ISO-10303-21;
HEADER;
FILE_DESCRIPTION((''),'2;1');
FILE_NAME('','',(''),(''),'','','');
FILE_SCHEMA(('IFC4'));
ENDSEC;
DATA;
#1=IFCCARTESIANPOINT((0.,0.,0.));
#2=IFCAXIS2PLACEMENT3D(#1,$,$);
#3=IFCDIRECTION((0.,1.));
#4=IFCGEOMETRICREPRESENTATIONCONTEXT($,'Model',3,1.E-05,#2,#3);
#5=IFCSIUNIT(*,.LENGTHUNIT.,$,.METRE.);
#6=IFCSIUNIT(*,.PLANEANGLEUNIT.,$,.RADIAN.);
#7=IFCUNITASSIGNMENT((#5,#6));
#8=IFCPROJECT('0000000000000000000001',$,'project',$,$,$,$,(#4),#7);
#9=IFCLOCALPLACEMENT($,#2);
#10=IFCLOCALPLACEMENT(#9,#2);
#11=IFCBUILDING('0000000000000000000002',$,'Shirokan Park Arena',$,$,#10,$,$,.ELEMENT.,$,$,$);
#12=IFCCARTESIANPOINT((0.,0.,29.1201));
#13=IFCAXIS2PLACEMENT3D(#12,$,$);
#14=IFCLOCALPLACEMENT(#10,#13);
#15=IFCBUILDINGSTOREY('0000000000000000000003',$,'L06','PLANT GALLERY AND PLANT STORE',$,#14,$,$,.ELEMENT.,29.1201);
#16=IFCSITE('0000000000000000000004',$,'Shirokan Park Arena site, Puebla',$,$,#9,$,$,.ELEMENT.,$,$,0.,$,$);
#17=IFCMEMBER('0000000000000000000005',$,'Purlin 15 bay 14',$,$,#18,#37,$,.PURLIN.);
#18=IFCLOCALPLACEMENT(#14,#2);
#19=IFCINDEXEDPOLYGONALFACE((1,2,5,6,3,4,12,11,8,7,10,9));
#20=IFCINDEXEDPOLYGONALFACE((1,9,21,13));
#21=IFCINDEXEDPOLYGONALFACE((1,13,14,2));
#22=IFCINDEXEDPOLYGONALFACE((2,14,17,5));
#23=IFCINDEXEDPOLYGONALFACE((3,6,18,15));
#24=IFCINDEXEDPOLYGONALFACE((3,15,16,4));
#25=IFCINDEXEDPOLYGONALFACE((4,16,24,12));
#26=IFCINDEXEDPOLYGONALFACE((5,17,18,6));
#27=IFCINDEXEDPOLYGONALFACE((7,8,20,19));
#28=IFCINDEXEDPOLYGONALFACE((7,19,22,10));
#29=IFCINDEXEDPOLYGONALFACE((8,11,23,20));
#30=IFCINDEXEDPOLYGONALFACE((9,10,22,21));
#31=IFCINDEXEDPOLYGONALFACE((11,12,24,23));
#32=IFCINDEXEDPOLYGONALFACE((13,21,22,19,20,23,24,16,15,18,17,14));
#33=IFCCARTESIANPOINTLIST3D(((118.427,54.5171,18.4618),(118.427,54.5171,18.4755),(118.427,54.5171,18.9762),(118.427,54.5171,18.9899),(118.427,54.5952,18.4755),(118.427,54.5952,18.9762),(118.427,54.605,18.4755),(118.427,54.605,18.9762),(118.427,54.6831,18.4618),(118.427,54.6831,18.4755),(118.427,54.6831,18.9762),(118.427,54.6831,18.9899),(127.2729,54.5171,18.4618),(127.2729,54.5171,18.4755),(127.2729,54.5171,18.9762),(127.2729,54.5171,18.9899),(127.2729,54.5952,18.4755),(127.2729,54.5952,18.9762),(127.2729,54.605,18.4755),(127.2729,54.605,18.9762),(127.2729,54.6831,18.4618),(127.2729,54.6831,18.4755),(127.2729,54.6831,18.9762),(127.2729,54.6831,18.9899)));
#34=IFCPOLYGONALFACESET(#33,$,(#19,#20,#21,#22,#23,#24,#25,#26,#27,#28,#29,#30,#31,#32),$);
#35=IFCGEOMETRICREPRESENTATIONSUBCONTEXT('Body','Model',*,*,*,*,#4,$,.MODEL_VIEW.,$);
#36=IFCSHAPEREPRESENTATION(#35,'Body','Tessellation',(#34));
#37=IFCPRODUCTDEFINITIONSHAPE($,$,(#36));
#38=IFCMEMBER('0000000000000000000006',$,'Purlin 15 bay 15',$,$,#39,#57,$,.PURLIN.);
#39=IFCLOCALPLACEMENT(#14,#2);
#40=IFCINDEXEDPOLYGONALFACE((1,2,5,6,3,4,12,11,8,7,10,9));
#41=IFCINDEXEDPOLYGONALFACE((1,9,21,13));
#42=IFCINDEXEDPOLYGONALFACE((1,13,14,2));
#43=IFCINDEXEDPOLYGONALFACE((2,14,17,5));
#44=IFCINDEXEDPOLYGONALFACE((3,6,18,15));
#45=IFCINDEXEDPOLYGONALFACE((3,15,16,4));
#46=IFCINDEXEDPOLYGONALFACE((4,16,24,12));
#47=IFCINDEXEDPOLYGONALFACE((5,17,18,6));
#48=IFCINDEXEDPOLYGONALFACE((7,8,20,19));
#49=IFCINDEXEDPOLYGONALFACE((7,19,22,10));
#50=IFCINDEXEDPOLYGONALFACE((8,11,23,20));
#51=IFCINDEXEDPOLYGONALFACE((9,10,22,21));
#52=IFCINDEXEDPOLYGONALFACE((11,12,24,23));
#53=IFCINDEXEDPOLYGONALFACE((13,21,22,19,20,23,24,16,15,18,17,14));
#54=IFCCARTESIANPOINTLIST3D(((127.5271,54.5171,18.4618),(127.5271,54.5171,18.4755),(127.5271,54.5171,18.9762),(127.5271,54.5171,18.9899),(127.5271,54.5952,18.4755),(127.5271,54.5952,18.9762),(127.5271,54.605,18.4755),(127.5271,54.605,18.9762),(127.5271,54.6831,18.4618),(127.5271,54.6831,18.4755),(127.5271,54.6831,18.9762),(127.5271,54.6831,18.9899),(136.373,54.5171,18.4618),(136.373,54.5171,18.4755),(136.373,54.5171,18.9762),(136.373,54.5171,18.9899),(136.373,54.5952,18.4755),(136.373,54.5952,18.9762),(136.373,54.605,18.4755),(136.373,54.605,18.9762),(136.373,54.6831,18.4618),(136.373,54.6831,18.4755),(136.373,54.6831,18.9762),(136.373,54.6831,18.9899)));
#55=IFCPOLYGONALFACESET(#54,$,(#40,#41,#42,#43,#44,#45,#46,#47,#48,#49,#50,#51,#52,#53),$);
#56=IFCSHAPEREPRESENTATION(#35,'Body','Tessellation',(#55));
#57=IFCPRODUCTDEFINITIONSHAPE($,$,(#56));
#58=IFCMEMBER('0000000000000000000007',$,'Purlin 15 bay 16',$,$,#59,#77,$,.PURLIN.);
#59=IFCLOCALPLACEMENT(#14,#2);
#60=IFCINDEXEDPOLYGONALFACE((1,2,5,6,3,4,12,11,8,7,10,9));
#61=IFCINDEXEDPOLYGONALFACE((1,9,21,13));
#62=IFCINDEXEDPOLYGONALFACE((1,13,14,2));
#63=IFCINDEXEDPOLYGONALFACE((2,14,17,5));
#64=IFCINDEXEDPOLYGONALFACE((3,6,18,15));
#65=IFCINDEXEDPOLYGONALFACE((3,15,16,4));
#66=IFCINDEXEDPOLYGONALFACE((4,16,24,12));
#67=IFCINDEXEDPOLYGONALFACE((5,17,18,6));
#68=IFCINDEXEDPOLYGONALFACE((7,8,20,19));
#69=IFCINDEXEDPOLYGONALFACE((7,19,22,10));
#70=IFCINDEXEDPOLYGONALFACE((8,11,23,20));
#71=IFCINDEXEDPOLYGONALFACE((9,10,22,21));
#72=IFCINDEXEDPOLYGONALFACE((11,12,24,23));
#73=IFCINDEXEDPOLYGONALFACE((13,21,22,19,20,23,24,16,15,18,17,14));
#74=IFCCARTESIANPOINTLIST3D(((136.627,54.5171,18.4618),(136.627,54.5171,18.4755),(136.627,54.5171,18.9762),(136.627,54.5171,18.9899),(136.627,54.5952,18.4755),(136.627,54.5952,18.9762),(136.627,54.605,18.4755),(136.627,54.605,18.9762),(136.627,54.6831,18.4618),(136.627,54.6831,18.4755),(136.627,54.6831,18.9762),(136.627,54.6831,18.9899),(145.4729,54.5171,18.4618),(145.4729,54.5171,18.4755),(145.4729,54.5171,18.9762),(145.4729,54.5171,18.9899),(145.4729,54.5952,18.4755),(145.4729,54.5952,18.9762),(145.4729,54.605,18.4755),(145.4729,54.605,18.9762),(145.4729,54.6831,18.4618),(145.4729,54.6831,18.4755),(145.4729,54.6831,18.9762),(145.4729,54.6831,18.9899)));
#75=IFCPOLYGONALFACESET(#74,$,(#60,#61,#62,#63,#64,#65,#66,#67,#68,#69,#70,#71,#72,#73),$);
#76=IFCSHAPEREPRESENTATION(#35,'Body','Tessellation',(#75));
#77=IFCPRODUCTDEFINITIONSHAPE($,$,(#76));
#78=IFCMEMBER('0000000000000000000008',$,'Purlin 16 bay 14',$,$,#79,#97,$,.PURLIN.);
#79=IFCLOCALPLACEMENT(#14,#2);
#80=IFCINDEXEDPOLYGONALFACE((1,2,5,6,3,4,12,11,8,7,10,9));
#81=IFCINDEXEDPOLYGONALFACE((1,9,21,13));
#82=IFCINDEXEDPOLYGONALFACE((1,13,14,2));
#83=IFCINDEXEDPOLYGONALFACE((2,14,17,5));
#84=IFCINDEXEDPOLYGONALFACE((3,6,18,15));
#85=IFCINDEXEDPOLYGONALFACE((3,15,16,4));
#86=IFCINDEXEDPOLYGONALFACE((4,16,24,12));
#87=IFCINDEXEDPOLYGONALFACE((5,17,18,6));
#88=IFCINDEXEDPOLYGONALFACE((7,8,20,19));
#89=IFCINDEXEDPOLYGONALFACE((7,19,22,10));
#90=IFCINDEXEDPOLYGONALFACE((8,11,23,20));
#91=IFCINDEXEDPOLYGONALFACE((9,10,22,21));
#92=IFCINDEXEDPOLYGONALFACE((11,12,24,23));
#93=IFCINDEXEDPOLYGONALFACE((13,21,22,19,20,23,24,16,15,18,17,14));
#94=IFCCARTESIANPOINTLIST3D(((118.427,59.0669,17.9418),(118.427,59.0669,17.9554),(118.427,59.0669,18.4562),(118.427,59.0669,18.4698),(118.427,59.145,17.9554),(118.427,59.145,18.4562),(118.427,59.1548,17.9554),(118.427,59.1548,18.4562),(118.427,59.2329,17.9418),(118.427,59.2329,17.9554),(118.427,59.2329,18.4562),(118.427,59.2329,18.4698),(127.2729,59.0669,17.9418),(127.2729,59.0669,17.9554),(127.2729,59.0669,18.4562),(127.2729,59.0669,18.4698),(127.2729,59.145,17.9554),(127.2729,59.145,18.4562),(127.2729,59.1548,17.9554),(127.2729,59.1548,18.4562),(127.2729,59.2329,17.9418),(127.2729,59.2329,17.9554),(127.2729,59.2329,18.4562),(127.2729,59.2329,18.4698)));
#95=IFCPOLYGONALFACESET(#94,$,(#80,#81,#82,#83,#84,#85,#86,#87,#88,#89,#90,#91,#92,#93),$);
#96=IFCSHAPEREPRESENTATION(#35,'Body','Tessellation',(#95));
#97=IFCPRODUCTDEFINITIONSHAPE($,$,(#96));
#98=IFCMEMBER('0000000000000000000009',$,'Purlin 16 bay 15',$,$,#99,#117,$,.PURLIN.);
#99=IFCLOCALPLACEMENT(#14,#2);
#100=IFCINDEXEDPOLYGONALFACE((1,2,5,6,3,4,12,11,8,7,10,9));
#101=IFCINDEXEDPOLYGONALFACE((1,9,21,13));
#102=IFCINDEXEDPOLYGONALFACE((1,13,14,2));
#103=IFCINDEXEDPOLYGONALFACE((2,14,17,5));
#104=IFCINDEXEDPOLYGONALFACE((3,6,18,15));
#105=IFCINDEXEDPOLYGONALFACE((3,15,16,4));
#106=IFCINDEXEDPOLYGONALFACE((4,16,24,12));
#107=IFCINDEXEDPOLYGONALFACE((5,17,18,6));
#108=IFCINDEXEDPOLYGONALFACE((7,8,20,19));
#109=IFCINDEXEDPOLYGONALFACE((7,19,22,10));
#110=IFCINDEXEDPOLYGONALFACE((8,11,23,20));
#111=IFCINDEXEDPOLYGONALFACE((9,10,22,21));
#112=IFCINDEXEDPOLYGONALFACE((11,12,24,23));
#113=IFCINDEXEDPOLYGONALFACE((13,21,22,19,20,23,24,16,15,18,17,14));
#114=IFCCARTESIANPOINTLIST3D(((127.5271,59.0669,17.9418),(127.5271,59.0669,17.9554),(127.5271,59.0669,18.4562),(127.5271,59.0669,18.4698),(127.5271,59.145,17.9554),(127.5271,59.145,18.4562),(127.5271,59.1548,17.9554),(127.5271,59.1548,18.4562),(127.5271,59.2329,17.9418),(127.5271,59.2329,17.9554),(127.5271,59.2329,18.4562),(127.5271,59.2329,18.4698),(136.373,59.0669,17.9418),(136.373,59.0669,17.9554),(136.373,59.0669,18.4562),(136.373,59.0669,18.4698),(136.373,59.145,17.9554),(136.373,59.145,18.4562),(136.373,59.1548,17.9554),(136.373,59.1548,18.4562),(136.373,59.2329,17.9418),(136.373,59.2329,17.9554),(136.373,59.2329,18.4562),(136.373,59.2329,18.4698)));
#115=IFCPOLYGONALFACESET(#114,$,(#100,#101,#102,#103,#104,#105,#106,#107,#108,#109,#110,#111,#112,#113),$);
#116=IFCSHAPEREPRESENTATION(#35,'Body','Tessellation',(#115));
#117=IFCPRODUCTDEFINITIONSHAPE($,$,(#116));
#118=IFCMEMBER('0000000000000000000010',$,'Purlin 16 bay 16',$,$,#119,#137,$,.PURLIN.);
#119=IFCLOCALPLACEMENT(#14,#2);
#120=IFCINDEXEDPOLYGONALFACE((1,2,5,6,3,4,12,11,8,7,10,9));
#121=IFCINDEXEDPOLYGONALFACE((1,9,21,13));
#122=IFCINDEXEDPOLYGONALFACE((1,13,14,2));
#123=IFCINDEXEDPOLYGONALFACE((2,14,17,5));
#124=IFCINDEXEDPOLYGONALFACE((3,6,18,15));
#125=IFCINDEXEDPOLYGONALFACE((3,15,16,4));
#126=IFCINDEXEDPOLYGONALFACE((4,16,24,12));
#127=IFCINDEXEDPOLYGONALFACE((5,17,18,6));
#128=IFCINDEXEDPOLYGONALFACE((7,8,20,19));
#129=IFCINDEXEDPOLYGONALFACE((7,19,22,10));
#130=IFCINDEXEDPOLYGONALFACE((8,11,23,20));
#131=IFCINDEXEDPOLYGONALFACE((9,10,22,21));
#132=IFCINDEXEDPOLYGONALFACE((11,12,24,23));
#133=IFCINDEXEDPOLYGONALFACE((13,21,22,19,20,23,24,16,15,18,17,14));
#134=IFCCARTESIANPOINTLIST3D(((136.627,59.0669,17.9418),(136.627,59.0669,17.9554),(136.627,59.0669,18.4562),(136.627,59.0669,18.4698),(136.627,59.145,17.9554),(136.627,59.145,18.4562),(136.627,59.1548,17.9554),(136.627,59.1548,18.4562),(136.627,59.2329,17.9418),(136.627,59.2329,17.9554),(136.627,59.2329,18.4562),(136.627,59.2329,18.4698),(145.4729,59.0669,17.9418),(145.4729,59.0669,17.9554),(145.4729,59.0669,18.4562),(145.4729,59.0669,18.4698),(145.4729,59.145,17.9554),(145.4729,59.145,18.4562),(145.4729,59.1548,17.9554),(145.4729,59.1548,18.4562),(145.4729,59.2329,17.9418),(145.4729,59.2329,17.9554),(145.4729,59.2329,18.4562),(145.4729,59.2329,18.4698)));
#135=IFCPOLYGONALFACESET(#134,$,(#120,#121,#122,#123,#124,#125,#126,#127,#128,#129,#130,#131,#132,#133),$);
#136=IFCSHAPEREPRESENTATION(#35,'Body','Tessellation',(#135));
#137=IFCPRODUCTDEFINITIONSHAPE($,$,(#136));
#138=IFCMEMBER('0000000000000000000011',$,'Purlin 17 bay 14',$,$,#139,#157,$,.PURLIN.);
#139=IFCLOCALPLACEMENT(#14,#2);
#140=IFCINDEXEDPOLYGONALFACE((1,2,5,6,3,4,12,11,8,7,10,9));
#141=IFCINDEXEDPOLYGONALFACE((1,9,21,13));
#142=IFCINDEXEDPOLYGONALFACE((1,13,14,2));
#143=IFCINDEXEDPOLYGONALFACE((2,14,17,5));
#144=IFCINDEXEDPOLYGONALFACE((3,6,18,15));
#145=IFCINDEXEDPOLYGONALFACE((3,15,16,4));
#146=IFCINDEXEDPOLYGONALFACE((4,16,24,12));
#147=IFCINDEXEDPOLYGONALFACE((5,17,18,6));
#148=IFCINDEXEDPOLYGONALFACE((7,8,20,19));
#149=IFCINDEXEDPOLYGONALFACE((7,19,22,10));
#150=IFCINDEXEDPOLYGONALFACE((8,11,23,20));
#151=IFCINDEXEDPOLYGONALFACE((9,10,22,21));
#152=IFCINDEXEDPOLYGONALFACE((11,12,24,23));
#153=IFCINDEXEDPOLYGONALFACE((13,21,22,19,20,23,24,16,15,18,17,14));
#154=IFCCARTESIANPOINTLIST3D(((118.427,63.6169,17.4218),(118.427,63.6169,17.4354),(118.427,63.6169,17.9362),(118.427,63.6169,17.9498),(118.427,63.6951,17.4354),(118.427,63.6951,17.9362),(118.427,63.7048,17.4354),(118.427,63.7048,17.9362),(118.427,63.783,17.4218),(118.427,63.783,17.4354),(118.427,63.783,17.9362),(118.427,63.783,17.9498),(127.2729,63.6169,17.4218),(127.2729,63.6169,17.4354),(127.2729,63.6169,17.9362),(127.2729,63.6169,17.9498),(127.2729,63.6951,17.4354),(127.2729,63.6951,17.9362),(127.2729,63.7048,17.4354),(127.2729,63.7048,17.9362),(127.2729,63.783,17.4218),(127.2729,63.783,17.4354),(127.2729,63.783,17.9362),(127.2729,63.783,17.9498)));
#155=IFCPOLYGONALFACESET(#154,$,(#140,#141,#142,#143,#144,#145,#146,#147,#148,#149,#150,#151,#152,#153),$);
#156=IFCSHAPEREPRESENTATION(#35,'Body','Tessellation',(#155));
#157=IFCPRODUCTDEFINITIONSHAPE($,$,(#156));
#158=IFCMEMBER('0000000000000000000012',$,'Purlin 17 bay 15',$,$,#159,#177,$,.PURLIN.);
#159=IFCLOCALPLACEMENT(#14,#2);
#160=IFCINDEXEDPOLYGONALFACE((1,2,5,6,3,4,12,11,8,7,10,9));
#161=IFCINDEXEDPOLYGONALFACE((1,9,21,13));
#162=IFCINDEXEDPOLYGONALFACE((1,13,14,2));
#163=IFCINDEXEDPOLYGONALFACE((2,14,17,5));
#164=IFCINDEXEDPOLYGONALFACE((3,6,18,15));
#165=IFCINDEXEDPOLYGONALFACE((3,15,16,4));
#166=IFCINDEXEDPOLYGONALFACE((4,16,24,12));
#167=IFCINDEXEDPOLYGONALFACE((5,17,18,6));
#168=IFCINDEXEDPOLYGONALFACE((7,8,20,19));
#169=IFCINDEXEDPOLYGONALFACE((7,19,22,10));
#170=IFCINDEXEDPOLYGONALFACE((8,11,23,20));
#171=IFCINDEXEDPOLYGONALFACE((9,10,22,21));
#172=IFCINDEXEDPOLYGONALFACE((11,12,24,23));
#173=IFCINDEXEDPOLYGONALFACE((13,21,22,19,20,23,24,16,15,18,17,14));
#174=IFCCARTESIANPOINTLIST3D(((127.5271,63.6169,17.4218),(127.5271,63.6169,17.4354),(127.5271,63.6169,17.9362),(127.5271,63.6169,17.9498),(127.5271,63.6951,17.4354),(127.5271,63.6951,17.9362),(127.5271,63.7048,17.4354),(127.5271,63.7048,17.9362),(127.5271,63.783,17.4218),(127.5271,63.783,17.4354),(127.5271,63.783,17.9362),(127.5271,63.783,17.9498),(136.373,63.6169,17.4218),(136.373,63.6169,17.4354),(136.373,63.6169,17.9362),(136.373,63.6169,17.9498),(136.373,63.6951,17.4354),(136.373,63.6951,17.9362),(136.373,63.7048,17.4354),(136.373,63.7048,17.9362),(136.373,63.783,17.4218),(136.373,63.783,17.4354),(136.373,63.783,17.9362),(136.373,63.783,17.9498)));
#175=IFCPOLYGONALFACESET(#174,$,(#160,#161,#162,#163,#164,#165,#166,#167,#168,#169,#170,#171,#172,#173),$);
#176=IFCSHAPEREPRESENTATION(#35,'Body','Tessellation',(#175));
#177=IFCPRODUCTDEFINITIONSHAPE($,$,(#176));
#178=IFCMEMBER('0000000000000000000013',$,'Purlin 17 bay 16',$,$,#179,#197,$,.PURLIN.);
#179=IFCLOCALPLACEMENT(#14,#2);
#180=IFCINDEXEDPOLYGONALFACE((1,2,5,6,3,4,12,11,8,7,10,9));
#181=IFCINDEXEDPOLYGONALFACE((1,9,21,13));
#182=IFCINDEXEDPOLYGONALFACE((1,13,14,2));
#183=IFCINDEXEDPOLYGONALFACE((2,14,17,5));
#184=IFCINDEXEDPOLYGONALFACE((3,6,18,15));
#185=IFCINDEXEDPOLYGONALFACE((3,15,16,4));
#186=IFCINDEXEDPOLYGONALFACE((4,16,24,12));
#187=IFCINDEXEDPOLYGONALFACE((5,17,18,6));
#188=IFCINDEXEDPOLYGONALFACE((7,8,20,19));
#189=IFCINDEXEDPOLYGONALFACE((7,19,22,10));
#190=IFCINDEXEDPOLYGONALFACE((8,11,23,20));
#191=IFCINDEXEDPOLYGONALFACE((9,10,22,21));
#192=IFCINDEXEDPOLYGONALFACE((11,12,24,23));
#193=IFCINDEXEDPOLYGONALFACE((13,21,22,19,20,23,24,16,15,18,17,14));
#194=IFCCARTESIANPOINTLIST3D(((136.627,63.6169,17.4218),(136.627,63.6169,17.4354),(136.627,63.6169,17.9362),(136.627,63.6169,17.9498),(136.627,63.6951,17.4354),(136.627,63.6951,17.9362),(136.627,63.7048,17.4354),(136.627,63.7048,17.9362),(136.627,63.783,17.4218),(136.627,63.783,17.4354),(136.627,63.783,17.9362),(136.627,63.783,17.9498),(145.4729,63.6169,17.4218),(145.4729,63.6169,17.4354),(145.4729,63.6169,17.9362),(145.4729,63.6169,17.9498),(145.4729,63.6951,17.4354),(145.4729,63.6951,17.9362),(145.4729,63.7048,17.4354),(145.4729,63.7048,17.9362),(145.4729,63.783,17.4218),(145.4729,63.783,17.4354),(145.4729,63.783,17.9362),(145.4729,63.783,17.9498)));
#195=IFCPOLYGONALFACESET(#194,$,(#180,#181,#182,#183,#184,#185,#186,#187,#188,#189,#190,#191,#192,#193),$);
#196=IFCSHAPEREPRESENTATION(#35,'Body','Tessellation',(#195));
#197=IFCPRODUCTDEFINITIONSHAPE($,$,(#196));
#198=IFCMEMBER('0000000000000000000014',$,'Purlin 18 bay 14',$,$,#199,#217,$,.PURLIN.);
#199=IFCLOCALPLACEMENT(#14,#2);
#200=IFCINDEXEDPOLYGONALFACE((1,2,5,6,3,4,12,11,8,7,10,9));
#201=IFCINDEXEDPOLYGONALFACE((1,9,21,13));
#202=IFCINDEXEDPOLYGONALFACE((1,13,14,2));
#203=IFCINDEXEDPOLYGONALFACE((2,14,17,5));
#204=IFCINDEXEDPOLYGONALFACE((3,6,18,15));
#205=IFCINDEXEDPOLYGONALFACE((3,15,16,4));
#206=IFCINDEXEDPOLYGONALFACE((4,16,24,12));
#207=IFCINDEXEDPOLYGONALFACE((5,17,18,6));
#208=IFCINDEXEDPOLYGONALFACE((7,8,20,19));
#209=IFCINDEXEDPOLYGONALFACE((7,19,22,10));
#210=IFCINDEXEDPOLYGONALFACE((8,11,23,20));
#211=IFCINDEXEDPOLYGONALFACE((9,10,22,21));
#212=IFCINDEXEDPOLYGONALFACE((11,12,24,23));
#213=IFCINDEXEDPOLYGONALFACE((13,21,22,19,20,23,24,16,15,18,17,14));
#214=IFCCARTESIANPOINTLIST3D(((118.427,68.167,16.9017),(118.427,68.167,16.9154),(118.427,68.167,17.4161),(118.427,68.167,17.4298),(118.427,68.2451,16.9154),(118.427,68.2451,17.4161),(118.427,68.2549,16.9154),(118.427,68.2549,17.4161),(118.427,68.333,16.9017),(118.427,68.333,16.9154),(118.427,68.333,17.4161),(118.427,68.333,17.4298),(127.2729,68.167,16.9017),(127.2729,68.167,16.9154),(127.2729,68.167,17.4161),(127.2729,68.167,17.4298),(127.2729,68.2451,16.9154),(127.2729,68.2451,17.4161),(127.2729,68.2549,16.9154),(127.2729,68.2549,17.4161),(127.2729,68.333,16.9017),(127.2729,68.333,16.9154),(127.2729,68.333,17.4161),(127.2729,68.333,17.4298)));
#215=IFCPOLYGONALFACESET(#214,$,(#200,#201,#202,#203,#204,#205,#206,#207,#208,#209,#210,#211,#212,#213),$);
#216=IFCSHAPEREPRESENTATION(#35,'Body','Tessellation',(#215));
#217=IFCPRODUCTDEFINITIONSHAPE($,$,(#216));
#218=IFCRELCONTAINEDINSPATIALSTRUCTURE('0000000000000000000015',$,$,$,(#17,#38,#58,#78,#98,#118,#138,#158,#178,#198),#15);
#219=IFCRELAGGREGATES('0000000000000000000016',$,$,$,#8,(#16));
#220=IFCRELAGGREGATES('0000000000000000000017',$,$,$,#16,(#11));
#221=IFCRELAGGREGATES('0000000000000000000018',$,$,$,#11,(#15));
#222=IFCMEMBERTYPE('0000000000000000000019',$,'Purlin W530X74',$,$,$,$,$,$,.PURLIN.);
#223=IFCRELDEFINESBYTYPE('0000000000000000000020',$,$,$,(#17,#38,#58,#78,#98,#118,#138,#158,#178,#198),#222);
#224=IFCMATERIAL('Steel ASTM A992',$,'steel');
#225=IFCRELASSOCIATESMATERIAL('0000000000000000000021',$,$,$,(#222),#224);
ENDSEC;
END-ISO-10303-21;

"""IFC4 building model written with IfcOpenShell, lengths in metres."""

from ifc_helpers import new_model, si_unit, direction, frame, origin, origin_2d, place, context, subcontext, project, spatial, i_section, extrude, material, material_profile, profile_set, type_object, element, save


model = new_model("IFC4")

# Units and contexts
model_context = context("Model", 3, precision=1e-05, world=origin(), true_north=direction((0.0, 1.0)))
body_context = subcontext(model_context, "Body", "Model", "MODEL_VIEW")
ifc_project = project(units=[si_unit("LENGTHUNIT", "METRE"), si_unit("PLANEANGLEUNIT", "RADIAN")], contexts=[model_context])

# Site, building, storey
site_placement = place(None, origin())
site = spatial("IfcSite", under=ifc_project, at=site_placement, Name="Shirokan Park Arena site, Puebla", CompositionType="ELEMENT", RefElevation=0.0)
building_placement = place(site_placement, origin())
building = spatial("IfcBuilding", under=site, at=building_placement, Name="Shirokan Park Arena", CompositionType="ELEMENT")
storey_placement = place(building_placement, frame((0.0, 0.0, 29.1201)))
storey = spatial("IfcBuildingStorey", under=building, at=storey_placement, Name="L06", Description="PLANT GALLERY AND PLANT STORE", CompositionType="ELEMENT", Elevation=29.1201)

# Members
ifc_material_1 = material(Name="Steel ASTM A992", Category="steel")
ifc_material_profile_1 = material_profile(ifc_material_1, i_section(OverallWidth=0.166, OverallDepth=0.5281, WebThickness=0.0098, FlangeThickness=0.0137, at=origin_2d()), Name="W530X74")
ifc_profile_set_1 = profile_set([ifc_material_profile_1], Name="Steel ASTM A992")
member_type_1 = type_object("IfcMemberType", Name="Purlin W530X74", PredefinedType="PURLIN", material=ifc_profile_set_1)
for number, where, z_axis, x_axis, name in (
    (1, (118.427, 54.6001, 18.7258), (1.0, 0.0, 0.0), (0.0, 1.0, 0.0), "Purlin 15 bay 14"),
    (2, (127.5271, 54.6001, 18.7258), (1.0, 0.0, 0.0), (0.0, 1.0, 0.0), "Purlin 15 bay 15"),
    (3, (136.627, 54.6001, 18.7258), (1.0, 0.0, 0.0), (0.0, 1.0, 0.0), "Purlin 15 bay 16"),
    (4, (118.427, 59.1499, 18.2058), (1.0, 0.0, 0.0), (0.0, 1.0, 0.0), "Purlin 16 bay 14"),
    (5, (127.5271, 59.1499, 18.2058), (1.0, 0.0, 0.0), (0.0, 1.0, 0.0), "Purlin 16 bay 15"),
    (6, (136.627, 59.1499, 18.2058), (1.0, 0.0, 0.0), (0.0, 1.0, 0.0), "Purlin 16 bay 16"),
    (7, (118.427, 63.7, 17.6858), (1.0, 0.0, 0.0), (0.0, 1.0, 0.0), "Purlin 17 bay 14"),
    (8, (127.5271, 63.7, 17.6858), (1.0, 0.0, 0.0), (0.0, 1.0, 0.0), "Purlin 17 bay 15"),
    (9, (136.627, 63.7, 17.6858), (1.0, 0.0, 0.0), (0.0, 1.0, 0.0), "Purlin 17 bay 16"),
    (10, (118.427, 68.25, 17.1658), (1.0, 0.0, 0.0), (0.0, 1.0, 0.0), "Purlin 18 bay 14"),
):
    element("IfcMember", number, at=place(storey_placement, frame(where, z_axis=z_axis, x_axis=x_axis)), inside=storey, type_object=member_type_1, Name=name, PredefinedType="PURLIN", context=body_context, shape_type="SweptSolid", body=[
        extrude(i_section(OverallWidth=0.166, OverallDepth=0.5281, WebThickness=0.0098, FlangeThickness=0.0137, at=origin_2d()), origin(), (0.0, 0.0, 1.0), 8.8459),
    ])

save(model, "model.ifc")
